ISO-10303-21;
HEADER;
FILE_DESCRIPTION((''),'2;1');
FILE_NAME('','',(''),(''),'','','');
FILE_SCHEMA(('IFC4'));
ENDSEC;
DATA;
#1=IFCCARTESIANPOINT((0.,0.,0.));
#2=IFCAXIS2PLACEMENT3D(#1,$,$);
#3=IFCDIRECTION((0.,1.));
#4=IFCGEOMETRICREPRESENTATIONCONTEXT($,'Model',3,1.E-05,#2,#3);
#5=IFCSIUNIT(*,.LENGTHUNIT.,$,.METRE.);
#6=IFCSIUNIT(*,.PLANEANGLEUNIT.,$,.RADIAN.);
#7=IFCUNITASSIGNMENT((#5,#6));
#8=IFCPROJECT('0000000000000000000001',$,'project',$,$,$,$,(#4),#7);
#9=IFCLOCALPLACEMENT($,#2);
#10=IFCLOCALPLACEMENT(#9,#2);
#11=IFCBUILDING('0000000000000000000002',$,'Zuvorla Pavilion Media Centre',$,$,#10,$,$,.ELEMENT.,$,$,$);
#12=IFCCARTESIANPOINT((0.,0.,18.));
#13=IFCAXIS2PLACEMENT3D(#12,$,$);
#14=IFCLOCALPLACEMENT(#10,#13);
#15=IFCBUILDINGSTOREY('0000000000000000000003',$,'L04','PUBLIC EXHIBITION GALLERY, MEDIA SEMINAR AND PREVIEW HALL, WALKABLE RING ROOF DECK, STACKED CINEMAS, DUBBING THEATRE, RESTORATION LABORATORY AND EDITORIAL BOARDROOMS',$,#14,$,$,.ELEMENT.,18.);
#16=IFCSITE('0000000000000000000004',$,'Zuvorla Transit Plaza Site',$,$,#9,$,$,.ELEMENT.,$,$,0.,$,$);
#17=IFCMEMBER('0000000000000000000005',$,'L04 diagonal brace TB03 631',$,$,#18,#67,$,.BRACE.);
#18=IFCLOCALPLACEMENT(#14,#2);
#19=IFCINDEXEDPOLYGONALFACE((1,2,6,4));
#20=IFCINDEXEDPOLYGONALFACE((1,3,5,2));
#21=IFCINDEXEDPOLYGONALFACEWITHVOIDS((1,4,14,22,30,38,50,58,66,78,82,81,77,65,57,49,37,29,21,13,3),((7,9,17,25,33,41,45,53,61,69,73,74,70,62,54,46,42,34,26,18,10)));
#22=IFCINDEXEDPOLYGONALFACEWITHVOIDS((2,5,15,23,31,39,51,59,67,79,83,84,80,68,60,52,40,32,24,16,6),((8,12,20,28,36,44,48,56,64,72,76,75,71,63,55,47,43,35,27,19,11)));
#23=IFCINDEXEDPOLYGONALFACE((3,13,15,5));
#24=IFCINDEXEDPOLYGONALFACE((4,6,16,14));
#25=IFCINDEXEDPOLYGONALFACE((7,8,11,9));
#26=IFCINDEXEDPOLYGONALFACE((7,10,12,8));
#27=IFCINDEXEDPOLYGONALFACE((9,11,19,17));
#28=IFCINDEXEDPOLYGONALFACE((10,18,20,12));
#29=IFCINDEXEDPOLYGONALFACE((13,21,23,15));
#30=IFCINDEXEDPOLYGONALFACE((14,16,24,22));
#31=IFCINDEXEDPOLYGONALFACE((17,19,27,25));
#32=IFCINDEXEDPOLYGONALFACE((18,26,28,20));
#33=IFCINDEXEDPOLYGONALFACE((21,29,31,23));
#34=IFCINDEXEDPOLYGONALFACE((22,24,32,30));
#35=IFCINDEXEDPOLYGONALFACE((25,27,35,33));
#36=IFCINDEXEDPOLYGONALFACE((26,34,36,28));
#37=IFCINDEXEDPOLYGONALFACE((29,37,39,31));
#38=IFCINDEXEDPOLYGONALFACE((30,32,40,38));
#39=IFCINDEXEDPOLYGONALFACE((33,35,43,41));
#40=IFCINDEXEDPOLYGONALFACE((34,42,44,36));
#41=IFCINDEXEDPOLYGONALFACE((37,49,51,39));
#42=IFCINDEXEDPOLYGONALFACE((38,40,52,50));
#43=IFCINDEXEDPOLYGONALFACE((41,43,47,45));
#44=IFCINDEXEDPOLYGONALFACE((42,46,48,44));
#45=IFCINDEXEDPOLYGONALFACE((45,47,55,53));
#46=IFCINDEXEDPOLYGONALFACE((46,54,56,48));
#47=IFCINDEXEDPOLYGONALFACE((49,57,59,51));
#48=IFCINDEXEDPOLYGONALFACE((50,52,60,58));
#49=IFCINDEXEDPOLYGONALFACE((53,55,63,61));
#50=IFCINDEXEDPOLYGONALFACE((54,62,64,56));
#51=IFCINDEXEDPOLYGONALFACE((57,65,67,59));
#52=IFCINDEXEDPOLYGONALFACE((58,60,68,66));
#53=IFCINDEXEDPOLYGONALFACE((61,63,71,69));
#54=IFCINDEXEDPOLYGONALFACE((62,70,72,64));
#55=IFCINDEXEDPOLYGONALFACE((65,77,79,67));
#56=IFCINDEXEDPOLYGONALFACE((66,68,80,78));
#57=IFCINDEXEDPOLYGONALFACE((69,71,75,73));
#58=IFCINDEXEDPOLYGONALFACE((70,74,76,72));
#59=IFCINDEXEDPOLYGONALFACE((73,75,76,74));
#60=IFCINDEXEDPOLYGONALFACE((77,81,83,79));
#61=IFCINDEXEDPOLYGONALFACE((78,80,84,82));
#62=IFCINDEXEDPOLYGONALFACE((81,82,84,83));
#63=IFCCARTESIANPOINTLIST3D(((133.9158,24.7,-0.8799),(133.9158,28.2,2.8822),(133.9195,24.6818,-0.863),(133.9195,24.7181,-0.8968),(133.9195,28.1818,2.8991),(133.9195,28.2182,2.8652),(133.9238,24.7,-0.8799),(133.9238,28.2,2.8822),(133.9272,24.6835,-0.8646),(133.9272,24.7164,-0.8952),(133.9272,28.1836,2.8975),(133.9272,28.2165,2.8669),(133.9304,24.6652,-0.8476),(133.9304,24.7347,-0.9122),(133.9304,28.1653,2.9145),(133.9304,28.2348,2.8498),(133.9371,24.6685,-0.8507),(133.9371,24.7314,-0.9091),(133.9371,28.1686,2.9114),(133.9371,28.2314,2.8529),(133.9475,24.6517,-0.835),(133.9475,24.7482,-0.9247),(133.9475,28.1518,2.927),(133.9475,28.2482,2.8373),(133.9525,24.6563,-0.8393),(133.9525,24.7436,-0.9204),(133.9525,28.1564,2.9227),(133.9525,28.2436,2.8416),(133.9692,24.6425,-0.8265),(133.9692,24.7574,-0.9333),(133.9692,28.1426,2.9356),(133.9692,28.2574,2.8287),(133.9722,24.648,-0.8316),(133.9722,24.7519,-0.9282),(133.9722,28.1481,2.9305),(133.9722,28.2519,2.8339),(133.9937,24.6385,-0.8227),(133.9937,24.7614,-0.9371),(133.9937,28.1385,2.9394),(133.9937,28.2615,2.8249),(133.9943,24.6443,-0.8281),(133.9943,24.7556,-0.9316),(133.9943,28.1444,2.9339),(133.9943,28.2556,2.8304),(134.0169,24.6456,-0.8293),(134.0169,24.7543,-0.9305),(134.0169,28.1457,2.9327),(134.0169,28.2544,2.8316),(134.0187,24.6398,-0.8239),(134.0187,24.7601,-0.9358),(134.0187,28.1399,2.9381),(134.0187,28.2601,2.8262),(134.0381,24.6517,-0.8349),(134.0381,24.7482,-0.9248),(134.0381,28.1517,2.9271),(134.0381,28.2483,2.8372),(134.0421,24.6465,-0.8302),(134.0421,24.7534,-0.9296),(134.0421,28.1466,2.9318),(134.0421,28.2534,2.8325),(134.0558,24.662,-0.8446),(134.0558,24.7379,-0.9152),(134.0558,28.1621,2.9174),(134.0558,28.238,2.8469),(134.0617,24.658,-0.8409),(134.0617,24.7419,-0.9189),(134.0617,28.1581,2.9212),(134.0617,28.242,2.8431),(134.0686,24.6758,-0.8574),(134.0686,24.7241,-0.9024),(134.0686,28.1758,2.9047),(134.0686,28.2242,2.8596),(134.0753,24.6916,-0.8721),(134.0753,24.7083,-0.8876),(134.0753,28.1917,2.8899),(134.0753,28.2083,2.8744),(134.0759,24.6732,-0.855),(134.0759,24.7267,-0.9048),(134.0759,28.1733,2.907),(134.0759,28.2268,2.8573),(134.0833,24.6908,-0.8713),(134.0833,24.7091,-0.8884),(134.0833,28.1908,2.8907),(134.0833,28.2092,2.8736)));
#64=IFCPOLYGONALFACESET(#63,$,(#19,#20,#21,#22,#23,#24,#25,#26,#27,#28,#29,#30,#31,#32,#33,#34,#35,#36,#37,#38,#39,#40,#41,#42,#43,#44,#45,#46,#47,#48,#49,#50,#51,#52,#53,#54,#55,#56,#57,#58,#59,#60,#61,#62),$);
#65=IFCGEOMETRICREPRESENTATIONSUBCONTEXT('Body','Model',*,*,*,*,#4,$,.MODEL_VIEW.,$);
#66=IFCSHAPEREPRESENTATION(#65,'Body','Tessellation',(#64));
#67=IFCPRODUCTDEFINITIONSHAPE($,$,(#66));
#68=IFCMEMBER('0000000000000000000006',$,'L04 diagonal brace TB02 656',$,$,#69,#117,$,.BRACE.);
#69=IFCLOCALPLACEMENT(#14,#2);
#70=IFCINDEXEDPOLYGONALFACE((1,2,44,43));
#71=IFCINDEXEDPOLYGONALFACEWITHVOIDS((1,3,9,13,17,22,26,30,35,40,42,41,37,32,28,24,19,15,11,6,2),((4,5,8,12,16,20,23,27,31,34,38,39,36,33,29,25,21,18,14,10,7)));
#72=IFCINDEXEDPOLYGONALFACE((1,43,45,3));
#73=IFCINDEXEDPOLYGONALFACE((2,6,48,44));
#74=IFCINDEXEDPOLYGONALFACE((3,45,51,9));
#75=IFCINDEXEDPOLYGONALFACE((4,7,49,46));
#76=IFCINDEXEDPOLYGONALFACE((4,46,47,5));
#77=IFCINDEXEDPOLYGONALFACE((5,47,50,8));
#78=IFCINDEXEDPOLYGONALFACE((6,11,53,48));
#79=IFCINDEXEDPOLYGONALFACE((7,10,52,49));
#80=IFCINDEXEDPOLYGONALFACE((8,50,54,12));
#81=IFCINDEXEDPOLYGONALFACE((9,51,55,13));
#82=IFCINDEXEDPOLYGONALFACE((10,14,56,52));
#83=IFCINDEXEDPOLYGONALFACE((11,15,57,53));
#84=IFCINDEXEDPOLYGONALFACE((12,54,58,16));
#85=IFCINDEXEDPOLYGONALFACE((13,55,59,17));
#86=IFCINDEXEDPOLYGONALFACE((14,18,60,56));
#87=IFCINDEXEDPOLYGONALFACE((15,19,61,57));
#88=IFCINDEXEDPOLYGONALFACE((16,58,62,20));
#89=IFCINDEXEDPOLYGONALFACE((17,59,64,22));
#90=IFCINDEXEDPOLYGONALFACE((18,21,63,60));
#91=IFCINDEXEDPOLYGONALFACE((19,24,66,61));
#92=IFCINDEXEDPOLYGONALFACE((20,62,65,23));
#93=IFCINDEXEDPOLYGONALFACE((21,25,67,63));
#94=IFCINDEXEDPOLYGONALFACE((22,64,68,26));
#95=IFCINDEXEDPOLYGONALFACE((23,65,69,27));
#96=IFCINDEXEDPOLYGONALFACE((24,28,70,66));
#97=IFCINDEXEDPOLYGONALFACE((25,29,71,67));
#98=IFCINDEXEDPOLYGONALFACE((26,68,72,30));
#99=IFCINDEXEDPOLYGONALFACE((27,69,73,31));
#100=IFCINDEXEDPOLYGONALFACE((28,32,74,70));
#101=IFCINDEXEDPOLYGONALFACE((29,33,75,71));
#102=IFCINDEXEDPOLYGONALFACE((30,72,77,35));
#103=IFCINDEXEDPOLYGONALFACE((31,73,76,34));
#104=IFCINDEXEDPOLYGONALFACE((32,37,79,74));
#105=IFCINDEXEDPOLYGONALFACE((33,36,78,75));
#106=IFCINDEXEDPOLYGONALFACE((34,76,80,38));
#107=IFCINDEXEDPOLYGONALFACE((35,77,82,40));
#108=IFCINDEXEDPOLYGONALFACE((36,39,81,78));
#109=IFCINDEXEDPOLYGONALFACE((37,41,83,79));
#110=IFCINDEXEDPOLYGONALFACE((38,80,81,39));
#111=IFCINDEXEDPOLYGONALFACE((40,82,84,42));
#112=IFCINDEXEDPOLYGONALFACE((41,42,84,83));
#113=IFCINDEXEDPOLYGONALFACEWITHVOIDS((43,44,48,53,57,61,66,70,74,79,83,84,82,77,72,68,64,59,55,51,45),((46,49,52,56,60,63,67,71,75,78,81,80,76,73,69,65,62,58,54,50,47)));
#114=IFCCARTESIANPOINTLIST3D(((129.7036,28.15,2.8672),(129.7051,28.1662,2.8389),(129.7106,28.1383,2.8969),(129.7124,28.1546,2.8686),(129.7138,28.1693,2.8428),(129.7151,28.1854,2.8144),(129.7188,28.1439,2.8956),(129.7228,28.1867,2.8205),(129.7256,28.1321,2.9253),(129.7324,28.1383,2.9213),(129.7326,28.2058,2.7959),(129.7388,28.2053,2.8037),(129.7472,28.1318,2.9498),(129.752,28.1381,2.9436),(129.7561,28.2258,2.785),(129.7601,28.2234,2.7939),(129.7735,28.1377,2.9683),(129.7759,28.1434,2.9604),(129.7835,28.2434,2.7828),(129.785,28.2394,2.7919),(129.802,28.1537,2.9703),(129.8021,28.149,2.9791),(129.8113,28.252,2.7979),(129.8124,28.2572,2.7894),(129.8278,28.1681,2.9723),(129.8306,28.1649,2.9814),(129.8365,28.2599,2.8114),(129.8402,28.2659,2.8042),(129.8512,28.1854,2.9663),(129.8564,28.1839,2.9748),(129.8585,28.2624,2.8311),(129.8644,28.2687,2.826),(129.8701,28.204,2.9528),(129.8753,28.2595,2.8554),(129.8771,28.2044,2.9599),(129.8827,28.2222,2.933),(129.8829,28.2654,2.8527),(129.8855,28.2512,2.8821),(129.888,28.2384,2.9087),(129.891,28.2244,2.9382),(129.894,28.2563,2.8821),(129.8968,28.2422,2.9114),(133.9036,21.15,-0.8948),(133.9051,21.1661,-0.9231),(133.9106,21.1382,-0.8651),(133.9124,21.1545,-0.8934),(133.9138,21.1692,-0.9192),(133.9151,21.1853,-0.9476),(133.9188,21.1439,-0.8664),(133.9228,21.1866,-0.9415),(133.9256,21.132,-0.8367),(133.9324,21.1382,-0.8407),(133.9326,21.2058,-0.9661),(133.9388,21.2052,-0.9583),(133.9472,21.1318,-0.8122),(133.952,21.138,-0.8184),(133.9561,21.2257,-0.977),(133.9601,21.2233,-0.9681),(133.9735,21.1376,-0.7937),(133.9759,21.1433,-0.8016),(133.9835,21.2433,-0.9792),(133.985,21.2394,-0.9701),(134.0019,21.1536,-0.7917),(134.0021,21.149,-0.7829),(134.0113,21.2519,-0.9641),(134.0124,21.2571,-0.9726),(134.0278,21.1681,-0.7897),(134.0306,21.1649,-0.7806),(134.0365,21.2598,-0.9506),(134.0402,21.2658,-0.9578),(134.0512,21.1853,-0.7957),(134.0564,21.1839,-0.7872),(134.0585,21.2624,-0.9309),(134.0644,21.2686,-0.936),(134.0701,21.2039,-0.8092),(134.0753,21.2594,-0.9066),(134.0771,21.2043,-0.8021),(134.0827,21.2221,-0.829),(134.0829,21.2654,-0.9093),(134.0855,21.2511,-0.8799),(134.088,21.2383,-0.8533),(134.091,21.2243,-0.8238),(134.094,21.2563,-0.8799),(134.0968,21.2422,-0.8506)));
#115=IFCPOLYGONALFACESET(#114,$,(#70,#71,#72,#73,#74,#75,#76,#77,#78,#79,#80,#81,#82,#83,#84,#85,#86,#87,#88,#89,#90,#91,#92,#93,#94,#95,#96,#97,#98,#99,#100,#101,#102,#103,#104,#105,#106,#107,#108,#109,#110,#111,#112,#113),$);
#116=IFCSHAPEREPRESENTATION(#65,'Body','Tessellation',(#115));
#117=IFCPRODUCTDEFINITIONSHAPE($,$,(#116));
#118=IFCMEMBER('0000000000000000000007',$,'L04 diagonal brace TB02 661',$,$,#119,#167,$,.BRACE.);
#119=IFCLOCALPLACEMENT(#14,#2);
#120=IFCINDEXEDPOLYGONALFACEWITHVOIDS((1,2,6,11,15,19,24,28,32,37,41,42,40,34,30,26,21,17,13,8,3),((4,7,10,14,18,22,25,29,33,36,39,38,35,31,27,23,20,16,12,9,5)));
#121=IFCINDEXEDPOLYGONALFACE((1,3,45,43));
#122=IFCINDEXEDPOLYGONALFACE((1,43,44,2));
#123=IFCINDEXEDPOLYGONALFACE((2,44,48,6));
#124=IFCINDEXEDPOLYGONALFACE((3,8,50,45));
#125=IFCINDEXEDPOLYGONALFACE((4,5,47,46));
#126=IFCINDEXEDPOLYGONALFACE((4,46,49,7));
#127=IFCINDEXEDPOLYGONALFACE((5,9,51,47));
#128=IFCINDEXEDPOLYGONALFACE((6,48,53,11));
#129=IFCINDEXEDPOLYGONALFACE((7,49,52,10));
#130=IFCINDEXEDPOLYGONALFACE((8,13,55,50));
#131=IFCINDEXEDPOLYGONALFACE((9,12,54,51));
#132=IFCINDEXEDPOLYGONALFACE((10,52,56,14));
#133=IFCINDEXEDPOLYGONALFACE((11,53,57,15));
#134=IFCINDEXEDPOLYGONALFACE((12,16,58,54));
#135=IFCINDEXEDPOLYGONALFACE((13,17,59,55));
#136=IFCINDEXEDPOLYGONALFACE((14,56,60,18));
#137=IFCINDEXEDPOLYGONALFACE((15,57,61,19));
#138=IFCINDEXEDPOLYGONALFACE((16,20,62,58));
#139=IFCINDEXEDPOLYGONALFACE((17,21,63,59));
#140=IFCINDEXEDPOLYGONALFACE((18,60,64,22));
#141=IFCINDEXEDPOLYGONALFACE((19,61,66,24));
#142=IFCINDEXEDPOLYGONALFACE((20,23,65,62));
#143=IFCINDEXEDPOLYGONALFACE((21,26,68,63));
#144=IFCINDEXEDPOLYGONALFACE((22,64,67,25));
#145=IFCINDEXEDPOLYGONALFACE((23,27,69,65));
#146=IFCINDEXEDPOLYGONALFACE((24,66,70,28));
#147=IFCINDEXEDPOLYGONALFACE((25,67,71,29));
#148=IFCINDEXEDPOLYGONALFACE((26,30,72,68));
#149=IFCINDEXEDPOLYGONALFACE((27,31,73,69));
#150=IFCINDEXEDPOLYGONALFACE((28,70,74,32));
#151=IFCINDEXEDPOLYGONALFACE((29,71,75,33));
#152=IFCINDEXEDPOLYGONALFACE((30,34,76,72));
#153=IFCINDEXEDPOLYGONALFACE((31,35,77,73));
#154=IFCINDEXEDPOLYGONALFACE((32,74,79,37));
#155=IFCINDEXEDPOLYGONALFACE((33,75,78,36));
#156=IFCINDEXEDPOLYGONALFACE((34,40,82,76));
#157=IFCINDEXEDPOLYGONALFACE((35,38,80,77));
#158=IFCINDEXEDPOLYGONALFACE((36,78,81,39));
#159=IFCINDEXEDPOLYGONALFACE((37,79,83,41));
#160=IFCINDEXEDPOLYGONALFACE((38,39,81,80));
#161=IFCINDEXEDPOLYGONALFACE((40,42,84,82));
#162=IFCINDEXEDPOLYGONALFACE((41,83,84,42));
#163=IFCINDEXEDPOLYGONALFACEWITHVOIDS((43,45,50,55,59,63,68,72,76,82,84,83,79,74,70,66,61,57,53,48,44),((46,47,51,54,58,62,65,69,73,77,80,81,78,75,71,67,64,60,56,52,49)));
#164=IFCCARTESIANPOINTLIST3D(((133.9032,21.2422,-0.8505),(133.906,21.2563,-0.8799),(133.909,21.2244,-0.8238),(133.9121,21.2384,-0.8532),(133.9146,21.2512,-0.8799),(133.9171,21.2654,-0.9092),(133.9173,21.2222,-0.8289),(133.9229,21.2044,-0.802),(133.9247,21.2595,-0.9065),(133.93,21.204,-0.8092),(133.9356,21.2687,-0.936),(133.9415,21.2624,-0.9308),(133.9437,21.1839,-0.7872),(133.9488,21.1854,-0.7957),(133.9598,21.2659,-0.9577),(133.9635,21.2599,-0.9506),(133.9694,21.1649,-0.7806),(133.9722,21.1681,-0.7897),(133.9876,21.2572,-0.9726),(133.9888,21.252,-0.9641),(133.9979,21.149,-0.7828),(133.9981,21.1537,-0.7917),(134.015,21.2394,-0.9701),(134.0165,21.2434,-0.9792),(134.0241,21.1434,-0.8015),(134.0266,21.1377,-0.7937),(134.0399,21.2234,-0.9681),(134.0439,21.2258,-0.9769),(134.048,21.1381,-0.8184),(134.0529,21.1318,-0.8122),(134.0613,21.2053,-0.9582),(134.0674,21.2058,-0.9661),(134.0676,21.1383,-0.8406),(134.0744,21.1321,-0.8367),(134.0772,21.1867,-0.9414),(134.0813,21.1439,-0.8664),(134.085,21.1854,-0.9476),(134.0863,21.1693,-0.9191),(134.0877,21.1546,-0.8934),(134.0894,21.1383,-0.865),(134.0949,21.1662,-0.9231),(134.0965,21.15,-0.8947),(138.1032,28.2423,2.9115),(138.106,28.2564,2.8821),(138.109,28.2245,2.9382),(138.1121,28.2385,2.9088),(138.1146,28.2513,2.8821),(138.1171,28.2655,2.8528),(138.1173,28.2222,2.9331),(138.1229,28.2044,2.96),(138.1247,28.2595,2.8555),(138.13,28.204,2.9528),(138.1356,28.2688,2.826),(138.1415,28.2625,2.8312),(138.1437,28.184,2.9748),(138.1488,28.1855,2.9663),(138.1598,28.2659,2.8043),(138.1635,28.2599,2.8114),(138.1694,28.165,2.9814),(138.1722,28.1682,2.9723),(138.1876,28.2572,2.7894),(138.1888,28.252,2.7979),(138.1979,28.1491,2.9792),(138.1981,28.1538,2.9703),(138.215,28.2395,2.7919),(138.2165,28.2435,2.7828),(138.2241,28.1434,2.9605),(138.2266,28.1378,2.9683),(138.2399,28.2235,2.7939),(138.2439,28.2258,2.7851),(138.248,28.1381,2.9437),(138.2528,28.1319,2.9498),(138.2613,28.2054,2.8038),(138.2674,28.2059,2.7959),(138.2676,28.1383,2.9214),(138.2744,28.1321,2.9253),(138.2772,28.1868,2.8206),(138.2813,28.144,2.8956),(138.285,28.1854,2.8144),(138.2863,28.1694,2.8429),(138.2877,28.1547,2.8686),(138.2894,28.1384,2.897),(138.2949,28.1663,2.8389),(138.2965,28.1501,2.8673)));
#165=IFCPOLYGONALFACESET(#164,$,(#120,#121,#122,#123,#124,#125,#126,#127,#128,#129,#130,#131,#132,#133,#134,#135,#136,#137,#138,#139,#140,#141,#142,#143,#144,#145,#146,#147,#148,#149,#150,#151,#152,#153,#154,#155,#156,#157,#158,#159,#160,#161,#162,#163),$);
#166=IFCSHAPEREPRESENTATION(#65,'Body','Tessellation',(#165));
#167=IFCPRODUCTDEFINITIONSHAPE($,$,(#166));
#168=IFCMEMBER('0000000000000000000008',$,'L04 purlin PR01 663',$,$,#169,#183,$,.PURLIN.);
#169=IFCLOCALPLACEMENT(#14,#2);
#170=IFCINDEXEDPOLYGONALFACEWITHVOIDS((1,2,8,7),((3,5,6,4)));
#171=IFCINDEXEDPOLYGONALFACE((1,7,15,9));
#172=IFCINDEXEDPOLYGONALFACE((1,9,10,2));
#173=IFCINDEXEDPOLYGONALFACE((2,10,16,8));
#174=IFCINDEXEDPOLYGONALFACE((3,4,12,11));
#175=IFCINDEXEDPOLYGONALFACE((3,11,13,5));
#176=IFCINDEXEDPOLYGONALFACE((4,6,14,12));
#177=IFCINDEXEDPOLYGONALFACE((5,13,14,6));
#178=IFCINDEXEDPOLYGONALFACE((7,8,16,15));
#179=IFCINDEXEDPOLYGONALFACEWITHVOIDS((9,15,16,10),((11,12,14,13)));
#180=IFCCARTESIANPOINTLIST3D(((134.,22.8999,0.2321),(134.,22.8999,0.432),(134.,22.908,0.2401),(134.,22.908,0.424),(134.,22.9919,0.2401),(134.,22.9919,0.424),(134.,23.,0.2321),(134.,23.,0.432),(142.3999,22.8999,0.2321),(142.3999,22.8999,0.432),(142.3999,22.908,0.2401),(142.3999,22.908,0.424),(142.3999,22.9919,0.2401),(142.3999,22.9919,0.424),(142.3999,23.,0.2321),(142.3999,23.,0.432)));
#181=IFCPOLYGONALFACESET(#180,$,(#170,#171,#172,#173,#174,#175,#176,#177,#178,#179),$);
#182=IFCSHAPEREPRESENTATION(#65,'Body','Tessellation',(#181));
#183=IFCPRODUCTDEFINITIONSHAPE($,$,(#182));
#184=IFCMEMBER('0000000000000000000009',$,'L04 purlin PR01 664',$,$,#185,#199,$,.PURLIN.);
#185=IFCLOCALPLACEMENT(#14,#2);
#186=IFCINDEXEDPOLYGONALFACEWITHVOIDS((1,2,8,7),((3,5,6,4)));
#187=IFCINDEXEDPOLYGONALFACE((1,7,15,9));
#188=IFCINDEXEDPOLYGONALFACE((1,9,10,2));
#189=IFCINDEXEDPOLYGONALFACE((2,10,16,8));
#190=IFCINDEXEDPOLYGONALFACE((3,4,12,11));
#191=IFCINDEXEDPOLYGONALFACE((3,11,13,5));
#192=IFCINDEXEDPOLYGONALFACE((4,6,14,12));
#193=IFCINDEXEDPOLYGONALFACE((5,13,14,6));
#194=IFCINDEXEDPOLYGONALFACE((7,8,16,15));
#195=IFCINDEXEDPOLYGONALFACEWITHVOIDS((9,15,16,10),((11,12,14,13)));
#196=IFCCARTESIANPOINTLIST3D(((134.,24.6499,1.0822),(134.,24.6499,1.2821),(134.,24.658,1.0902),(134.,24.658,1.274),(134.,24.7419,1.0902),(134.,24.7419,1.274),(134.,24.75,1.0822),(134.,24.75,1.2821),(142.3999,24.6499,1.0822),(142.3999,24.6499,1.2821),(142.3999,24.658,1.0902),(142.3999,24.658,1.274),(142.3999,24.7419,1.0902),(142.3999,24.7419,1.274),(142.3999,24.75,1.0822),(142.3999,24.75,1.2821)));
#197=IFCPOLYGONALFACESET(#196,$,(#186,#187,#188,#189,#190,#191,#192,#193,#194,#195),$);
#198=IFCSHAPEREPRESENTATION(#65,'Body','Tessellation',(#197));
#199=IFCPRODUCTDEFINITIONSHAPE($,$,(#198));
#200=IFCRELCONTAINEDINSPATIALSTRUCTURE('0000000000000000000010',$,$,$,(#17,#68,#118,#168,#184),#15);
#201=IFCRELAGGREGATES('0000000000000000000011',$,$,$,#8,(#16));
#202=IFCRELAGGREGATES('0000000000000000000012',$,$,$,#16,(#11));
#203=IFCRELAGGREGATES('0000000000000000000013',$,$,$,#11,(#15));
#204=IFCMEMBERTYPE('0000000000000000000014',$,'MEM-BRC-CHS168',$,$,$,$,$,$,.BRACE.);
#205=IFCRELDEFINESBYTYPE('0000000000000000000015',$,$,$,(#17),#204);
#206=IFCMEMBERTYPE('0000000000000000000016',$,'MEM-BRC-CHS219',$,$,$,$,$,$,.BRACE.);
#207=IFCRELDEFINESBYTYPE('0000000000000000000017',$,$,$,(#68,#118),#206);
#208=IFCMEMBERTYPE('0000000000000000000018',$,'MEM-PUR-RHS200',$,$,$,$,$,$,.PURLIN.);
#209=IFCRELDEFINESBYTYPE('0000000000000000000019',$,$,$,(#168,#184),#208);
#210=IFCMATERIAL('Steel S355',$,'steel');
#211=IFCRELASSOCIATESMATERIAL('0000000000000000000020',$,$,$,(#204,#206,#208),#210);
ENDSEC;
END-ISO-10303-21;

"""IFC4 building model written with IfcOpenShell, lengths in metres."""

from ifc_helpers import new_model, si_unit, direction, frame, origin, origin_2d, place, context, subcontext, project, spatial, hollow_rectangle, hollow_circle, extrude, material, material_profile, profile_set, type_object, element, save


model = new_model("IFC4")

# Units and contexts
model_context = context("Model", 3, precision=1e-05, world=origin(), true_north=direction((0.0, 1.0)))
body_context = subcontext(model_context, "Body", "Model", "MODEL_VIEW")
ifc_project = project(units=[si_unit("LENGTHUNIT", "METRE"), si_unit("PLANEANGLEUNIT", "RADIAN")], contexts=[model_context])

# Site, building, storey
site_placement = place(None, origin())
site = spatial("IfcSite", under=ifc_project, at=site_placement, Name="Zuvorla Transit Plaza Site", CompositionType="ELEMENT", RefElevation=0.0)
building_placement = place(site_placement, origin())
building = spatial("IfcBuilding", under=site, at=building_placement, Name="Zuvorla Pavilion Media Centre", CompositionType="ELEMENT")
storey_placement = place(building_placement, frame((0.0, 0.0, 18.0)))
storey = spatial("IfcBuildingStorey", under=building, at=storey_placement, Name="L04", Description="PUBLIC EXHIBITION GALLERY, MEDIA SEMINAR AND PREVIEW HALL, WALKABLE RING ROOF DECK, STACKED CINEMAS, DUBBING THEATRE, RESTORATION LABORATORY AND EDITORIAL BOARDROOMS", CompositionType="ELEMENT", Elevation=18.0)

# Members
ifc_material_1 = material(Name="Steel S355", Category="steel")
ifc_material_profile_1 = material_profile(ifc_material_1, hollow_circle(Radius=0.0842, WallThickness=0.0081, at=origin_2d()), Name="CHS 168.3x8")
ifc_profile_set_1 = profile_set([ifc_material_profile_1], Name="Steel S355")
member_type_1 = type_object("IfcMemberType", Name="MEM-BRC-CHS168", PredefinedType="BRACE", material=ifc_profile_set_1)
member_1_placement = place(storey_placement, frame((134.0, 24.7, -0.8799), z_axis=(0.0, 0.681156, 0.732138), x_axis=(-1.0, 0.0, 0.0)))
element("IfcMember", 1, at=member_1_placement, inside=storey, type_object=member_type_1, Name="L04 diagonal brace TB03 631", PredefinedType="BRACE", context=body_context, shape_type="SweptSolid", body=[
    extrude(hollow_circle(Radius=0.0842, WallThickness=0.0081, at=origin_2d()), origin(), (0.0, 0.0, 1.0), 5.1384),
])
ifc_material_profile_2 = material_profile(ifc_material_1, hollow_circle(Radius=0.1096, WallThickness=0.01, at=origin_2d()), Name="CHS 219.1x10")
ifc_profile_set_2 = profile_set([ifc_material_profile_2], Name="Steel S355")
member_type_2 = type_object("IfcMemberType", Name="MEM-BRC-CHS219", PredefinedType="BRACE", material=ifc_profile_set_2)
for number, where, z_axis, x_axis, name in (
    (2, (129.8, 28.2, 2.8821), (0.467262, -0.778779, -0.418534), (0.857496, 0.514491, 0.0), "L04 diagonal brace TB02 656"),
    (3, (134.0, 21.2, -0.8799), (0.467262, 0.778779, 0.418534), (-0.857496, 0.514491, 0.0), "L04 diagonal brace TB02 661"),
):
    element("IfcMember", number, at=place(storey_placement, frame(where, z_axis=z_axis, x_axis=x_axis)), inside=storey, type_object=member_type_2, Name=name, PredefinedType="BRACE", context=body_context, shape_type="SweptSolid", body=[
        extrude(hollow_circle(Radius=0.1096, WallThickness=0.01, at=origin_2d()), origin(), (0.0, 0.0, 1.0), 8.9885),
    ])
ifc_material_profile_3 = material_profile(ifc_material_1, hollow_rectangle(XDim=0.1001, YDim=0.2, WallThickness=0.0081, at=origin_2d()), Name="RHS 200x100x8")
ifc_profile_set_3 = profile_set([ifc_material_profile_3], Name="Steel S355")
member_type_3 = type_object("IfcMemberType", Name="MEM-PUR-RHS200", PredefinedType="PURLIN", material=ifc_profile_set_3)
for number, where, z_axis, x_axis, name in (
    (4, (134.0, 22.95, 0.332), (1.0, 0.0, 0.0), (0.0, 1.0, 0.0), "L04 purlin PR01 663"),
    (5, (134.0, 24.7, 1.1821), (1.0, 0.0, 0.0), (0.0, 1.0, 0.0), "L04 purlin PR01 664"),
):
    element("IfcMember", number, at=place(storey_placement, frame(where, z_axis=z_axis, x_axis=x_axis)), inside=storey, type_object=member_type_3, Name=name, PredefinedType="PURLIN", context=body_context, shape_type="SweptSolid", body=[
        extrude(hollow_rectangle(XDim=0.1001, YDim=0.2, WallThickness=0.0081, at=origin_2d()), origin(), (0.0, 0.0, 1.0), 8.3999),
    ])

save(model, "model.ifc")
